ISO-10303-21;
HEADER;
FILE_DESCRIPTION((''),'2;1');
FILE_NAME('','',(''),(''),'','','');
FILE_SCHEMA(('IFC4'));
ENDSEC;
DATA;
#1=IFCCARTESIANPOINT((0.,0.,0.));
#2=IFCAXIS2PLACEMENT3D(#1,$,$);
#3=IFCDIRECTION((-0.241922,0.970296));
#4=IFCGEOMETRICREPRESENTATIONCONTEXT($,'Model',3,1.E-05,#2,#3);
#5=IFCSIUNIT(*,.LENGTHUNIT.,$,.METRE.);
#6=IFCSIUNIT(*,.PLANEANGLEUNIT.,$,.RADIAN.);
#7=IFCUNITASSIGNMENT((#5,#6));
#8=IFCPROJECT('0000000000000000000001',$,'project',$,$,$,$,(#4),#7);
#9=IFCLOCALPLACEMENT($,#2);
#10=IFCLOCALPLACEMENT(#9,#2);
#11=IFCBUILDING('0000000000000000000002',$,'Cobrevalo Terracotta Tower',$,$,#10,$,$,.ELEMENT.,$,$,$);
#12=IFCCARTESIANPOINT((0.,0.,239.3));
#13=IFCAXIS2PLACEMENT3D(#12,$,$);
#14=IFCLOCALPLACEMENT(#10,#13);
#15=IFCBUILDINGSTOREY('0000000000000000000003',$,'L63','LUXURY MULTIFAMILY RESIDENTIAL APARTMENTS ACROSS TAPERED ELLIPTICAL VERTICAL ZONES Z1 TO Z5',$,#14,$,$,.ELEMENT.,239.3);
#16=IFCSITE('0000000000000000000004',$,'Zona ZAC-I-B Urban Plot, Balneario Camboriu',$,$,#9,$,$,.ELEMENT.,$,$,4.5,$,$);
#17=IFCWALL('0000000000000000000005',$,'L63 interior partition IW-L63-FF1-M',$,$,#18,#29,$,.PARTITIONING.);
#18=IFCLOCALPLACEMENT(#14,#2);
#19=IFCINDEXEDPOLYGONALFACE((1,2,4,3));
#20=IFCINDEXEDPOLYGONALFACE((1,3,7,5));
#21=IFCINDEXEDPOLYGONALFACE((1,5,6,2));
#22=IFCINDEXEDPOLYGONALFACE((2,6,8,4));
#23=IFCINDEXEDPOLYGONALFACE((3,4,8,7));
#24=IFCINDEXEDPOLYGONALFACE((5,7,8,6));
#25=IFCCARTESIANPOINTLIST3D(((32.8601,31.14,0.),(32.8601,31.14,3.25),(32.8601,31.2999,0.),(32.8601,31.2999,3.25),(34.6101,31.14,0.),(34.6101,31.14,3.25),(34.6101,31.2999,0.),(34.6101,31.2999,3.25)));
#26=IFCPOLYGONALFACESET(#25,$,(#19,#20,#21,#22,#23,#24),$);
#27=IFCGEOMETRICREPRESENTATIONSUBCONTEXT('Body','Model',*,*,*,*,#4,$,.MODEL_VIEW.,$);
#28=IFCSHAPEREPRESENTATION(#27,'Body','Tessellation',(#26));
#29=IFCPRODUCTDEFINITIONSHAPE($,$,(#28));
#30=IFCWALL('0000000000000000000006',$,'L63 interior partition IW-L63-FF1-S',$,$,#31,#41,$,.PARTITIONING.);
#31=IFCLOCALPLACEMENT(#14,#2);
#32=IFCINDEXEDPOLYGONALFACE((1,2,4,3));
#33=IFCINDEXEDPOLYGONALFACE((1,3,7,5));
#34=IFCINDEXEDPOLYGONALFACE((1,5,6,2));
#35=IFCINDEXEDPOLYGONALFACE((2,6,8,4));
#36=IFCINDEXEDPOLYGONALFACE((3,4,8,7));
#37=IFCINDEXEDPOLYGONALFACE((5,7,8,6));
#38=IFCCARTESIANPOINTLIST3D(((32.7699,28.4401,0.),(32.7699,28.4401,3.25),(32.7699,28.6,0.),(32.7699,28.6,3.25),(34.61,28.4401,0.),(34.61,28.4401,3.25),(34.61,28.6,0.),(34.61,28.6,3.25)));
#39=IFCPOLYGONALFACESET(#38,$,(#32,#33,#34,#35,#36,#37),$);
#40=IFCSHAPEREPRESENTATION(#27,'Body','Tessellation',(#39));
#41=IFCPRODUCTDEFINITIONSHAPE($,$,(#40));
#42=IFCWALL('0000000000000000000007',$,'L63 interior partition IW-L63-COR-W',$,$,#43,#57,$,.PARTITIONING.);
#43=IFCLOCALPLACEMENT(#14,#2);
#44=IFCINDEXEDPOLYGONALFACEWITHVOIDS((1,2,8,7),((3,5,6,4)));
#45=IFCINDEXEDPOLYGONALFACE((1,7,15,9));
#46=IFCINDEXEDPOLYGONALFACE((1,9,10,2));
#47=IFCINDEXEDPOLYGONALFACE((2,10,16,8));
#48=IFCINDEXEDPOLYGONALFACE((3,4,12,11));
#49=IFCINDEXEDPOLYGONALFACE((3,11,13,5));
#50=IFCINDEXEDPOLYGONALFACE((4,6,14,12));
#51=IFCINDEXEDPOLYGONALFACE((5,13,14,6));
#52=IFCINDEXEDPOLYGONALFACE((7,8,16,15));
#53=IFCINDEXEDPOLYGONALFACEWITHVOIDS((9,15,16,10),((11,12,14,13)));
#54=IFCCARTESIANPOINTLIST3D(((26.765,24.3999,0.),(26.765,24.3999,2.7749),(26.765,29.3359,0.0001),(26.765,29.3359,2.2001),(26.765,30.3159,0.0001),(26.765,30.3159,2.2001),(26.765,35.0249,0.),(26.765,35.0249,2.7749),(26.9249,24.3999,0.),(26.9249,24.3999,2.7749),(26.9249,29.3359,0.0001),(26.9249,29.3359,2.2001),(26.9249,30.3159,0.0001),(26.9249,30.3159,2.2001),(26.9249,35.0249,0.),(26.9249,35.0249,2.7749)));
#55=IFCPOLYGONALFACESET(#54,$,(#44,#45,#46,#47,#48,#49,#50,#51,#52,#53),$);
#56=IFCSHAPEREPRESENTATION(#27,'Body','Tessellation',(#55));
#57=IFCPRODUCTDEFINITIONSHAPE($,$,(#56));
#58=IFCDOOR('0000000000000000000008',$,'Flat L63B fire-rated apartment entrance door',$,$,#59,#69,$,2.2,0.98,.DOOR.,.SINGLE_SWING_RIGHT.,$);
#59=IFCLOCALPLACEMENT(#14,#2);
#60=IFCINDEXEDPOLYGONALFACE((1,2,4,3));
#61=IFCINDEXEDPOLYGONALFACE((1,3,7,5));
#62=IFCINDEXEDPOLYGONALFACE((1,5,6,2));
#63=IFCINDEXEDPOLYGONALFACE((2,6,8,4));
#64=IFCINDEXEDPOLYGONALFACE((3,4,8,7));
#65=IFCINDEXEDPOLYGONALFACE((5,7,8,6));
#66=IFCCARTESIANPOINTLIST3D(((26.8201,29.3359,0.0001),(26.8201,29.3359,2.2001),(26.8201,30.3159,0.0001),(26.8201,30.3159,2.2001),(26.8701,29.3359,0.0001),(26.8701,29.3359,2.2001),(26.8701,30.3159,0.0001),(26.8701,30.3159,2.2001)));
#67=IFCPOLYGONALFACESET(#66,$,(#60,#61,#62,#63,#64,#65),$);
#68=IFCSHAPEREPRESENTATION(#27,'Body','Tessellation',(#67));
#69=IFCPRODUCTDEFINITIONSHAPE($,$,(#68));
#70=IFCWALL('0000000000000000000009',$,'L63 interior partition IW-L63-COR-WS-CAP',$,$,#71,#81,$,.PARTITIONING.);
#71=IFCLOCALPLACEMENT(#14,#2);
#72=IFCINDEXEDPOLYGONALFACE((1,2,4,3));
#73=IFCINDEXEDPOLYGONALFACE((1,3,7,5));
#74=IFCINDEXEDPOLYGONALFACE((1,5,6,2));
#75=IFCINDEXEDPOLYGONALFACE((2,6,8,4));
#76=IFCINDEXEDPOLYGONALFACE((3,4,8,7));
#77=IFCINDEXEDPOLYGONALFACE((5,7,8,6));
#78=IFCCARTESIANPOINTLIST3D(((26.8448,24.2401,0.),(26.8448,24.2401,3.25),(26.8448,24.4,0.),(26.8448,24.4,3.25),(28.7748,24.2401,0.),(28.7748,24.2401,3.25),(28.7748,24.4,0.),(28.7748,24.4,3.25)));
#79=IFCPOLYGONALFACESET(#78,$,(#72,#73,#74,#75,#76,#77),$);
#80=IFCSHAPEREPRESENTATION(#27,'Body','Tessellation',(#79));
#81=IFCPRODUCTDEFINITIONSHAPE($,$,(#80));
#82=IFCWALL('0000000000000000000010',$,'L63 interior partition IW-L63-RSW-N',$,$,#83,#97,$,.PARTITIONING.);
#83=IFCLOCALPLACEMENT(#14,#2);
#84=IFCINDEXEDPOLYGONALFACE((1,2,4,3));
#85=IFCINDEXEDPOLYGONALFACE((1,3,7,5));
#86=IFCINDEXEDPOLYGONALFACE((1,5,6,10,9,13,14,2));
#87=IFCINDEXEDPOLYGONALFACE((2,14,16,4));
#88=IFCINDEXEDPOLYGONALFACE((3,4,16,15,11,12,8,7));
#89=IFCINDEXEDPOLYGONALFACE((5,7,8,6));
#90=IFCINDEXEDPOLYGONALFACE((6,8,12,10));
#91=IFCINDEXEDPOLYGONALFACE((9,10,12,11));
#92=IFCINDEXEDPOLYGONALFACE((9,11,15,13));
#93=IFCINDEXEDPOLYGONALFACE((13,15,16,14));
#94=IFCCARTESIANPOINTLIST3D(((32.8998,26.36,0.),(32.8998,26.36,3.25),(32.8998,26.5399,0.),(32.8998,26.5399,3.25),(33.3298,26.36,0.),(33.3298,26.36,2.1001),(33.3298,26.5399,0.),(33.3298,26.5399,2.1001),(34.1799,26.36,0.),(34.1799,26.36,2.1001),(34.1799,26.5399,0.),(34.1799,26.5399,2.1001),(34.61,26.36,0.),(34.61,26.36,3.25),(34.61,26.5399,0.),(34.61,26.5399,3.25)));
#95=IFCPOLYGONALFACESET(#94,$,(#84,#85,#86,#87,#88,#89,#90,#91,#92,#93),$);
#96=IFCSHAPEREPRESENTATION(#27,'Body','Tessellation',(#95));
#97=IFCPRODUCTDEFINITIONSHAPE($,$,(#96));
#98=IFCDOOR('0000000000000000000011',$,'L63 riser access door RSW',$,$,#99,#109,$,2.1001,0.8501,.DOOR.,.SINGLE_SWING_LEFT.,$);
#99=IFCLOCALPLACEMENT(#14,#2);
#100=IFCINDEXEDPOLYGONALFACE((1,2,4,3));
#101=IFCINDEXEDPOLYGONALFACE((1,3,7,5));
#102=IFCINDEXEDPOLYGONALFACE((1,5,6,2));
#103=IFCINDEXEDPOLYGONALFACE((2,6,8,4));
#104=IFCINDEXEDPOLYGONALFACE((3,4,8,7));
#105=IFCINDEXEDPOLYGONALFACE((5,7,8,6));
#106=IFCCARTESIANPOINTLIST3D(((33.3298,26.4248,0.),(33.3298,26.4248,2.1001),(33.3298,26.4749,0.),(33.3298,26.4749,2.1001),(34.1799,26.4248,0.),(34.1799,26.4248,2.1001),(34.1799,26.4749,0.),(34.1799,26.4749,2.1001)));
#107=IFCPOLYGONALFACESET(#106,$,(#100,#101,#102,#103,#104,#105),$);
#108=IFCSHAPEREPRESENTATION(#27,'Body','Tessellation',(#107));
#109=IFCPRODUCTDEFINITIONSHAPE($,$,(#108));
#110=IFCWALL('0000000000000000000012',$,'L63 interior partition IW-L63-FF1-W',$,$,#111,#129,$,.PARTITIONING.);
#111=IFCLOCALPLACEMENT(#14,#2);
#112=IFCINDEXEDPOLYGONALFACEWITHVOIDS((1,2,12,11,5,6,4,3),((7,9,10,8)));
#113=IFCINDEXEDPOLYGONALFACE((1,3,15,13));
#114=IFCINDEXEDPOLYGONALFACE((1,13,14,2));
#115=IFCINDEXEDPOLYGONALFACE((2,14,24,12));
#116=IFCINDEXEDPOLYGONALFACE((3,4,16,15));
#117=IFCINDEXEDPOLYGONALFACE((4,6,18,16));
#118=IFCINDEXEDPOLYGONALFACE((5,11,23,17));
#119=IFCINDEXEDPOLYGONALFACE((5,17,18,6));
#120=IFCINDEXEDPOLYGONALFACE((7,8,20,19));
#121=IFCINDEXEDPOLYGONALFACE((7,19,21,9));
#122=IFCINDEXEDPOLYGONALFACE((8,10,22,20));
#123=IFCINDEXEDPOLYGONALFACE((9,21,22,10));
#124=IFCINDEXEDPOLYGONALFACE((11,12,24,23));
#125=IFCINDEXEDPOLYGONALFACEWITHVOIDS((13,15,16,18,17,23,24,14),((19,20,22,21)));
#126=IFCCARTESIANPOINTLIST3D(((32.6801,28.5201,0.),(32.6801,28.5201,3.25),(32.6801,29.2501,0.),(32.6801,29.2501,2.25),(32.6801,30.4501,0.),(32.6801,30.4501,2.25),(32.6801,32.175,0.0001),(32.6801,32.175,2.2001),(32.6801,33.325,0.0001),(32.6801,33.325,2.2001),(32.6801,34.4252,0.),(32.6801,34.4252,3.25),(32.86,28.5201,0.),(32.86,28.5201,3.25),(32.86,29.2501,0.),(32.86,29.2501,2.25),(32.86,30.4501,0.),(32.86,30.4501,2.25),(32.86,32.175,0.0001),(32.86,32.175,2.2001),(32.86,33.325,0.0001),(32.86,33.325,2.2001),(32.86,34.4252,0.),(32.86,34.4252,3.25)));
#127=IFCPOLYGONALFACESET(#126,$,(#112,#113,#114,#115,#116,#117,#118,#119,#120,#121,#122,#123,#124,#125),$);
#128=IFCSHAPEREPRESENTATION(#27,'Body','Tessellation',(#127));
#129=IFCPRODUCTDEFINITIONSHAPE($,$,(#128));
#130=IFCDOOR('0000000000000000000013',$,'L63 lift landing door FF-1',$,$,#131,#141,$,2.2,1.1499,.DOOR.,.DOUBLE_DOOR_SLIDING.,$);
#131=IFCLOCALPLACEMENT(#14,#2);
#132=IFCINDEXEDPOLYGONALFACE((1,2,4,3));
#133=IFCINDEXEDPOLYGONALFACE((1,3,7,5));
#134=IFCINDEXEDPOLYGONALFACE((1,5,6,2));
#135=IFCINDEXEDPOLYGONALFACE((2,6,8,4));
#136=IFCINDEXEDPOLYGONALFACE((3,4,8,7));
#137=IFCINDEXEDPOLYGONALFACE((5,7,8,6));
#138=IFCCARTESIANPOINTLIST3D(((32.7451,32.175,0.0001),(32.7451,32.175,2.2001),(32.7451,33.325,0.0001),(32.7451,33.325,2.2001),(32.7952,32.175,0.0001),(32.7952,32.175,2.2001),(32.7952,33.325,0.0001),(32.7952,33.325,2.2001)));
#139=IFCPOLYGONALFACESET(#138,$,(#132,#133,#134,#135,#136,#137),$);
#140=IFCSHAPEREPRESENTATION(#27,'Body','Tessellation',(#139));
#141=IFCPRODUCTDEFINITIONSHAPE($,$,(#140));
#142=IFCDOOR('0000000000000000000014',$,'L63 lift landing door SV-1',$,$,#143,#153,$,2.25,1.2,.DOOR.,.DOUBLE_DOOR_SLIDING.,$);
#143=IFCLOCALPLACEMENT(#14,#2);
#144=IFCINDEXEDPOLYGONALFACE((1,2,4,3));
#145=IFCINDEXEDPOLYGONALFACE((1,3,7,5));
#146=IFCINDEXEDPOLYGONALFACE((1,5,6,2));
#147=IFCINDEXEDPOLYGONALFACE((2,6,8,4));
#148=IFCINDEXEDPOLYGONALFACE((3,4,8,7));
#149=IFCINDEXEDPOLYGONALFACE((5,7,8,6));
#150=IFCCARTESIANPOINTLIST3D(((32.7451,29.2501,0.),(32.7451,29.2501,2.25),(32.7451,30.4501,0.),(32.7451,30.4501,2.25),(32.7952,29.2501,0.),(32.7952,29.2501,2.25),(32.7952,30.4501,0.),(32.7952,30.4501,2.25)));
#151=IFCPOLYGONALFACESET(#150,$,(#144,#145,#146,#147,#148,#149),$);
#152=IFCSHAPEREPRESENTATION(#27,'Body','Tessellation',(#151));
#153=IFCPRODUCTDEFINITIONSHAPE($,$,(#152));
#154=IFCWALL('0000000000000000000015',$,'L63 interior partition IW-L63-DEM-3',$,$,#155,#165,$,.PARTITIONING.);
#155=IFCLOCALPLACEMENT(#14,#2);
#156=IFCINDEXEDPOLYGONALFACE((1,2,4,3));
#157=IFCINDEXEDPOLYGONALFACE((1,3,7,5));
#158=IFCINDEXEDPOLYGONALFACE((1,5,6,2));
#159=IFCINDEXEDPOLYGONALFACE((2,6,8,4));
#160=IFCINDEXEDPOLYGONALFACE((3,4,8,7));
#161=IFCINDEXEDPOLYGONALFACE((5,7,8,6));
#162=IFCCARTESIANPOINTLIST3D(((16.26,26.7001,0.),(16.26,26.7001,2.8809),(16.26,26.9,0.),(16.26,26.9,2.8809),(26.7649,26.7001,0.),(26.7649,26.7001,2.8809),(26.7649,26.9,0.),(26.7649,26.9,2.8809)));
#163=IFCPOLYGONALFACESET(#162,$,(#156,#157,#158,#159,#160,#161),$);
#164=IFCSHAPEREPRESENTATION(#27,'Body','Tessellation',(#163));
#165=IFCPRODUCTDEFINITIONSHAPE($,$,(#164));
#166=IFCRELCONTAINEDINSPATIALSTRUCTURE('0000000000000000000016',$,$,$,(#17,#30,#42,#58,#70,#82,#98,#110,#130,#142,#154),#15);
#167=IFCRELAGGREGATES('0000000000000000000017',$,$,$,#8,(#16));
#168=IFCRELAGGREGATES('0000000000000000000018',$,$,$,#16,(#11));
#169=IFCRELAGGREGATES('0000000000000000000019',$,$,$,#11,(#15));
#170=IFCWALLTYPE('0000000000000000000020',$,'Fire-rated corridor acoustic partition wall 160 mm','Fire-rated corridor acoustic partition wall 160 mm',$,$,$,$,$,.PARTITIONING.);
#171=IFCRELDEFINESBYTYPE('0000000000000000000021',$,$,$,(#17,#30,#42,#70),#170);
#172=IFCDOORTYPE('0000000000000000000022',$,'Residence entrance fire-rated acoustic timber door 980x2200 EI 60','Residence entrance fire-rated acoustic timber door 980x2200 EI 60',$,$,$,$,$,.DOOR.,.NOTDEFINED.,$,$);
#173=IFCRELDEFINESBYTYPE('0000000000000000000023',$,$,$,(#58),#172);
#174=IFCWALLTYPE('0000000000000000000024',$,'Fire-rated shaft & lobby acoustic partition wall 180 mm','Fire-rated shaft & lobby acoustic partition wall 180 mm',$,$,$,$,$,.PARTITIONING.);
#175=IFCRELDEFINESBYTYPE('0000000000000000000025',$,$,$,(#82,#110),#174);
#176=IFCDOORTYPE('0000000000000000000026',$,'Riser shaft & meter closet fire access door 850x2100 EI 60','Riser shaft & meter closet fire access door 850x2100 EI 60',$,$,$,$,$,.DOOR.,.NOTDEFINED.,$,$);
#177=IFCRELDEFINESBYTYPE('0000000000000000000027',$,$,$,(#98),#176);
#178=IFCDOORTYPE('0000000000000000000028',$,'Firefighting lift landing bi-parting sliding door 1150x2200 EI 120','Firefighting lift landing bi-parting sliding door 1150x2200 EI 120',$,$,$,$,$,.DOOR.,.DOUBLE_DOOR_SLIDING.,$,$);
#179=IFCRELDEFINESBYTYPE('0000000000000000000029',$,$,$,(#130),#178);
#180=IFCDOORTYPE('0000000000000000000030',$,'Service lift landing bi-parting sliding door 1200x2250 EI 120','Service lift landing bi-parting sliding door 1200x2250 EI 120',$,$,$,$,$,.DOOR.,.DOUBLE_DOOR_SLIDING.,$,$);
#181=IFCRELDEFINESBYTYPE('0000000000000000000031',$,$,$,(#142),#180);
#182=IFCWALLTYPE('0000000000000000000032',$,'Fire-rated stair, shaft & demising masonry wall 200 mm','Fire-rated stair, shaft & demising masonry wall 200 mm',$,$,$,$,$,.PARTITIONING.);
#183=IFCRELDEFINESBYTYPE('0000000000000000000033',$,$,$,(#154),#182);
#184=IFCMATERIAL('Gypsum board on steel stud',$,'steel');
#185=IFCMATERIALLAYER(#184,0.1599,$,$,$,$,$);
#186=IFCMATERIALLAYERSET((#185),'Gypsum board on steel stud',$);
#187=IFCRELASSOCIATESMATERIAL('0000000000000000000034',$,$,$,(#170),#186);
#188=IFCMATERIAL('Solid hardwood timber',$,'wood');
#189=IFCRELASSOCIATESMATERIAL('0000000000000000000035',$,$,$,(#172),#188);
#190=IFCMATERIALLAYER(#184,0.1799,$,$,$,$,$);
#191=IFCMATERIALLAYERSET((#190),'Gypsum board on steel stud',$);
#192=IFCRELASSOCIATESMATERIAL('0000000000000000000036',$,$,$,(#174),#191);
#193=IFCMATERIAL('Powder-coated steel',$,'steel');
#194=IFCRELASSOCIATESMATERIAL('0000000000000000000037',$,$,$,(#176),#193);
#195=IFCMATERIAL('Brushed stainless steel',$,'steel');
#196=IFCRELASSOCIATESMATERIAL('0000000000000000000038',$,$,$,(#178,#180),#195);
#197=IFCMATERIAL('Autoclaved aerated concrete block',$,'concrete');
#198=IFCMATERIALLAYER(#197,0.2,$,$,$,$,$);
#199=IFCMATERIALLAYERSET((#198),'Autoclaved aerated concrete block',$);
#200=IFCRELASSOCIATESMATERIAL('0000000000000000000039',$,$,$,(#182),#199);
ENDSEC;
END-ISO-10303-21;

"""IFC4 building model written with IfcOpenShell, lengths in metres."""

from ifc_helpers import new_model, si_unit, direction, frame, frame_2d, origin, place, context, subcontext, project, spatial, rectangle, extrude, source, transform, mapped, material, layer, layer_set, type_object, element, fill, save


model = new_model("IFC4")

# Units and contexts
model_context = context("Model", 3, precision=1e-05, world=origin(), true_north=direction((-0.241922, 0.970296)))
body_context = subcontext(model_context, "Body", "Model", "MODEL_VIEW")
ifc_project = project(units=[si_unit("LENGTHUNIT", "METRE"), si_unit("PLANEANGLEUNIT", "RADIAN")], contexts=[model_context])

# Site, building, storey
site_placement = place(None, origin())
site = spatial("IfcSite", under=ifc_project, at=site_placement, Name="Zona ZAC-I-B Urban Plot, Balneario Camboriu", CompositionType="ELEMENT", RefElevation=4.5)
building_placement = place(site_placement, origin())
building = spatial("IfcBuilding", under=site, at=building_placement, Name="Cobrevalo Terracotta Tower", CompositionType="ELEMENT")
storey_placement = place(building_placement, frame((0.0, 0.0, 239.3)))
storey = spatial("IfcBuildingStorey", under=building, at=storey_placement, Name="L63", Description="LUXURY MULTIFAMILY RESIDENTIAL APARTMENTS ACROSS TAPERED ELLIPTICAL VERTICAL ZONES Z1 TO Z5", CompositionType="ELEMENT", Elevation=239.3)

# Walls
ifc_material_1 = material(Name="Gypsum board on steel stud", Category="steel")
ifc_layer_1 = layer(ifc_material_1, 0.1599)
ifc_layer_set_1 = layer_set([ifc_layer_1], Name="Gypsum board on steel stud")
wall_type_1 = type_object("IfcWallType", Name="Fire-rated corridor acoustic partition wall 160 mm", Description="Fire-rated corridor acoustic partition wall 160 mm", PredefinedType="PARTITIONING", material=ifc_layer_set_1)
wall_1_placement = place(storey_placement, frame((32.8601, 31.22, 0.0), z_axis=(0.0, 0.0, 1.0), x_axis=(1.0, 0.0, 0.0)))
element("IfcWall", 1, at=wall_1_placement, inside=storey, type_object=wall_type_1, Name="L63 interior partition IW-L63-FF1-M", PredefinedType="PARTITIONING", context=body_context, shape_type="SweptSolid", body=[
    extrude(rectangle(XDim=1.75, YDim=0.1599, at=frame_2d((0.875, 0.0))), origin(), (0.0, 0.0, 1.0), 3.25),
])
wall_2_placement = place(storey_placement, frame((32.77, 28.52, 0.0), z_axis=(0.0, 0.0, 1.0), x_axis=(1.0, 0.0, 0.0)))
element("IfcWall", 2, at=wall_2_placement, inside=storey, type_object=wall_type_1, Name="L63 interior partition IW-L63-FF1-S", PredefinedType="PARTITIONING", context=body_context, shape_type="SweptSolid", body=[
    extrude(rectangle(XDim=1.8401, YDim=0.1599, at=frame_2d((0.9199, 0.0))), origin(), (0.0, 0.0, 1.0), 3.25),
])

# Wall, opening, door
wall_3_placement = place(storey_placement, frame((26.845, 24.3999, 0.0), z_axis=(0.0, 0.0, 1.0), x_axis=(0.0, 1.0, 0.0)))
wall_3 = element("IfcWall", 3, at=wall_3_placement, inside=storey, type_object=wall_type_1, Name="L63 interior partition IW-L63-COR-W", PredefinedType="PARTITIONING", context=body_context, shape_type="SweptSolid", body=[
    extrude(rectangle(XDim=10.625, YDim=0.1599, at=frame_2d((5.3125, 0.0))), origin(), (0.0, 0.0, 1.0), 2.7749),
])
opening_1_placement = place(wall_3_placement, frame((4.936, 0.0, 0.0)))
opening_1 = element("IfcOpeningElement", 4, at=opening_1_placement, cuts=wall_3, PredefinedType="OPENING", context=body_context, shape_type="SweptSolid", body=[
    extrude(rectangle(XDim=0.98, YDim=2.2, at=frame_2d((0.49, 1.1001))), frame((0.0, 0.0898, 0.0), z_axis=(0.0, -1.0, 0.0), x_axis=(1.0, 0.0, 0.0)), (0.0, 0.0, 1.0), 0.1799),
])
ifc_material_2 = material(Name="Solid hardwood timber", Category="wood")
door_type_1 = type_object("IfcDoorType", Name="Residence entrance fire-rated acoustic timber door 980x2200 EI 60", Description="Residence entrance fire-rated acoustic timber door 980x2200 EI 60", OperationType="NOTDEFINED", PredefinedType="DOOR", material=ifc_material_2)
shared_shape_1 = source(origin(), body_context, "Body", "SweptSolid", [
    extrude(rectangle(XDim=0.98, YDim=2.2, at=frame_2d((0.49, 1.1001))), frame((0.0, 0.0249, 0.0), z_axis=(0.0, -1.0, 0.0), x_axis=(1.0, 0.0, 0.0)), (0.0, 0.0, 1.0), 0.05),
])
door_1_placement = place(opening_1_placement, origin())
door_1 = element("IfcDoor", 5, at=door_1_placement, inside=storey, type_object=door_type_1, Name="Flat L63B fire-rated apartment entrance door", OperationType="SINGLE_SWING_RIGHT", OverallHeight=2.2, OverallWidth=0.98, PredefinedType="DOOR", context=body_context, shape_type="MappedRepresentation", body=[
    mapped(shared_shape_1, transform((0.0, 0.0, 0.0), scale=1.0)),
])
fill(opening_1, door_1)

# Wall
wall_4_placement = place(storey_placement, frame((26.845, 24.3201, 0.0), z_axis=(0.0, 0.0, 1.0), x_axis=(1.0, 0.0, 0.0)))
element("IfcWall", 6, at=wall_4_placement, inside=storey, type_object=wall_type_1, Name="L63 interior partition IW-L63-COR-WS-CAP", PredefinedType="PARTITIONING", context=body_context, shape_type="SweptSolid", body=[
    extrude(rectangle(XDim=1.9299, YDim=0.1599, at=frame_2d((0.9648, 0.0))), origin(), (0.0, 0.0, 1.0), 3.25),
])

# Wall, opening, door
ifc_layer_2 = layer(ifc_material_1, 0.1799)
ifc_layer_set_2 = layer_set([ifc_layer_2], Name="Gypsum board on steel stud")
wall_type_2 = type_object("IfcWallType", Name="Fire-rated shaft & lobby acoustic partition wall 180 mm", Description="Fire-rated shaft & lobby acoustic partition wall 180 mm", PredefinedType="PARTITIONING", material=ifc_layer_set_2)
wall_5_placement = place(storey_placement, frame((32.8999, 26.45, 0.0), z_axis=(0.0, 0.0, 1.0), x_axis=(1.0, 0.0, 0.0)))
wall_5 = element("IfcWall", 7, at=wall_5_placement, inside=storey, type_object=wall_type_2, Name="L63 interior partition IW-L63-RSW-N", PredefinedType="PARTITIONING", context=body_context, shape_type="SweptSolid", body=[
    extrude(rectangle(XDim=1.7102, YDim=0.1799, at=frame_2d((0.855, 0.0))), origin(), (0.0, 0.0, 1.0), 3.25),
])
opening_2_placement = place(wall_5_placement, frame((0.4299, 0.0, 0.0)))
opening_2 = element("IfcOpeningElement", 8, at=opening_2_placement, cuts=wall_5, PredefinedType="OPENING", context=body_context, shape_type="SweptSolid", body=[
    extrude(rectangle(XDim=0.8501, YDim=2.1001, at=frame_2d((0.425, 1.05))), frame((0.0, 0.1001, 0.0), z_axis=(0.0, -1.0, 0.0), x_axis=(1.0, 0.0, 0.0)), (0.0, 0.0, 1.0), 0.2),
])
ifc_material_3 = material(Name="Powder-coated steel", Category="steel")
door_type_2 = type_object("IfcDoorType", Name="Riser shaft & meter closet fire access door 850x2100 EI 60", Description="Riser shaft & meter closet fire access door 850x2100 EI 60", OperationType="NOTDEFINED", PredefinedType="DOOR", material=ifc_material_3)
shared_shape_2 = source(origin(), body_context, "Body", "SweptSolid", [
    extrude(rectangle(XDim=0.8501, YDim=2.1001, at=frame_2d((0.425, 1.05))), frame((0.0, 0.0249, 0.0), z_axis=(0.0, -1.0, 0.0), x_axis=(1.0, 0.0, 0.0)), (0.0, 0.0, 1.0), 0.05),
])
door_2_placement = place(opening_2_placement, origin())
door_2 = element("IfcDoor", 9, at=door_2_placement, inside=storey, type_object=door_type_2, Name="L63 riser access door RSW", OperationType="SINGLE_SWING_LEFT", OverallHeight=2.1001, OverallWidth=0.8501, PredefinedType="DOOR", context=body_context, shape_type="MappedRepresentation", body=[
    mapped(shared_shape_2, transform((0.0, 0.0, 0.0), scale=1.0)),
])
fill(opening_2, door_2)

# Wall, openings, doors
wall_6_placement = place(storey_placement, frame((32.77, 28.52, 0.0), z_axis=(0.0, 0.0, 1.0), x_axis=(0.0, 1.0, 0.0)))
wall_6 = element("IfcWall", 10, at=wall_6_placement, inside=storey, type_object=wall_type_2, Name="L63 interior partition IW-L63-FF1-W", PredefinedType="PARTITIONING", context=body_context, shape_type="SweptSolid", body=[
    extrude(rectangle(XDim=5.905, YDim=0.1799, at=frame_2d((2.9526, 0.0))), origin(), (0.0, 0.0, 1.0), 3.25),
])
opening_3_placement = place(wall_6_placement, frame((3.655, 0.0, 0.0)))
opening_3 = element("IfcOpeningElement", 11, at=opening_3_placement, cuts=wall_6, PredefinedType="OPENING", context=body_context, shape_type="SweptSolid", body=[
    extrude(rectangle(XDim=1.1499, YDim=2.2, at=frame_2d((0.575, 1.1001))), frame((0.0, 0.1001, 0.0), z_axis=(0.0, -1.0, 0.0), x_axis=(1.0, 0.0, 0.0)), (0.0, 0.0, 1.0), 0.2),
])
opening_4_placement = place(wall_6_placement, frame((0.73, 0.0, 0.0)))
opening_4 = element("IfcOpeningElement", 12, at=opening_4_placement, cuts=wall_6, PredefinedType="OPENING", context=body_context, shape_type="SweptSolid", body=[
    extrude(rectangle(XDim=1.2, YDim=2.25, at=frame_2d((0.6001, 1.125))), frame((0.0, 0.1001, 0.0), z_axis=(0.0, -1.0, 0.0), x_axis=(1.0, 0.0, 0.0)), (0.0, 0.0, 1.0), 0.2),
])
ifc_material_4 = material(Name="Brushed stainless steel", Category="steel")
door_type_3 = type_object("IfcDoorType", Name="Firefighting lift landing bi-parting sliding door 1150x2200 EI 120", Description="Firefighting lift landing bi-parting sliding door 1150x2200 EI 120", OperationType="DOUBLE_DOOR_SLIDING", PredefinedType="DOOR", material=ifc_material_4)
shared_shape_3 = source(origin(), body_context, "Body", "SweptSolid", [
    extrude(rectangle(XDim=1.1499, YDim=2.2, at=frame_2d((0.575, 1.1001))), frame((0.0, 0.0249, 0.0), z_axis=(0.0, -1.0, 0.0), x_axis=(1.0, 0.0, 0.0)), (0.0, 0.0, 1.0), 0.05),
])
door_3_placement = place(opening_3_placement, origin())
door_3 = element("IfcDoor", 13, at=door_3_placement, inside=storey, type_object=door_type_3, Name="L63 lift landing door FF-1", OperationType="DOUBLE_DOOR_SLIDING", OverallHeight=2.2, OverallWidth=1.1499, PredefinedType="DOOR", context=body_context, shape_type="MappedRepresentation", body=[
    mapped(shared_shape_3, transform((0.0, 0.0, 0.0), scale=1.0)),
])
fill(opening_3, door_3)
door_type_4 = type_object("IfcDoorType", Name="Service lift landing bi-parting sliding door 1200x2250 EI 120", Description="Service lift landing bi-parting sliding door 1200x2250 EI 120", OperationType="DOUBLE_DOOR_SLIDING", PredefinedType="DOOR", material=ifc_material_4)
shared_shape_4 = source(origin(), body_context, "Body", "SweptSolid", [
    extrude(rectangle(XDim=1.2, YDim=2.25, at=frame_2d((0.6001, 1.125))), frame((0.0, 0.0249, 0.0), z_axis=(0.0, -1.0, 0.0), x_axis=(1.0, 0.0, 0.0)), (0.0, 0.0, 1.0), 0.05),
])
door_4_placement = place(opening_4_placement, origin())
door_4 = element("IfcDoor", 14, at=door_4_placement, inside=storey, type_object=door_type_4, Name="L63 lift landing door SV-1", OperationType="DOUBLE_DOOR_SLIDING", OverallHeight=2.25, OverallWidth=1.2, PredefinedType="DOOR", context=body_context, shape_type="MappedRepresentation", body=[
    mapped(shared_shape_4, transform((0.0, 0.0, 0.0), scale=1.0)),
])
fill(opening_4, door_4)

# Wall
ifc_material_5 = material(Name="Autoclaved aerated concrete block", Category="concrete")
ifc_layer_3 = layer(ifc_material_5, 0.2)
ifc_layer_set_3 = layer_set([ifc_layer_3], Name="Autoclaved aerated concrete block")
wall_type_3 = type_object("IfcWallType", Name="Fire-rated stair, shaft & demising masonry wall 200 mm", Description="Fire-rated stair, shaft & demising masonry wall 200 mm", PredefinedType="PARTITIONING", material=ifc_layer_set_3)
wall_7_placement = place(storey_placement, frame((26.7649, 26.8, 0.0), z_axis=(0.0, 0.0, 1.0), x_axis=(-1.0, 0.0, 0.0)))
element("IfcWall", 15, at=wall_7_placement, inside=storey, type_object=wall_type_3, Name="L63 interior partition IW-L63-DEM-3", PredefinedType="PARTITIONING", context=body_context, shape_type="SweptSolid", body=[
    extrude(rectangle(XDim=10.5049, YDim=0.2, at=frame_2d((5.2524, 0.0))), origin(), (0.0, 0.0, 1.0), 2.8809),
])

save(model, "model.ifc")
